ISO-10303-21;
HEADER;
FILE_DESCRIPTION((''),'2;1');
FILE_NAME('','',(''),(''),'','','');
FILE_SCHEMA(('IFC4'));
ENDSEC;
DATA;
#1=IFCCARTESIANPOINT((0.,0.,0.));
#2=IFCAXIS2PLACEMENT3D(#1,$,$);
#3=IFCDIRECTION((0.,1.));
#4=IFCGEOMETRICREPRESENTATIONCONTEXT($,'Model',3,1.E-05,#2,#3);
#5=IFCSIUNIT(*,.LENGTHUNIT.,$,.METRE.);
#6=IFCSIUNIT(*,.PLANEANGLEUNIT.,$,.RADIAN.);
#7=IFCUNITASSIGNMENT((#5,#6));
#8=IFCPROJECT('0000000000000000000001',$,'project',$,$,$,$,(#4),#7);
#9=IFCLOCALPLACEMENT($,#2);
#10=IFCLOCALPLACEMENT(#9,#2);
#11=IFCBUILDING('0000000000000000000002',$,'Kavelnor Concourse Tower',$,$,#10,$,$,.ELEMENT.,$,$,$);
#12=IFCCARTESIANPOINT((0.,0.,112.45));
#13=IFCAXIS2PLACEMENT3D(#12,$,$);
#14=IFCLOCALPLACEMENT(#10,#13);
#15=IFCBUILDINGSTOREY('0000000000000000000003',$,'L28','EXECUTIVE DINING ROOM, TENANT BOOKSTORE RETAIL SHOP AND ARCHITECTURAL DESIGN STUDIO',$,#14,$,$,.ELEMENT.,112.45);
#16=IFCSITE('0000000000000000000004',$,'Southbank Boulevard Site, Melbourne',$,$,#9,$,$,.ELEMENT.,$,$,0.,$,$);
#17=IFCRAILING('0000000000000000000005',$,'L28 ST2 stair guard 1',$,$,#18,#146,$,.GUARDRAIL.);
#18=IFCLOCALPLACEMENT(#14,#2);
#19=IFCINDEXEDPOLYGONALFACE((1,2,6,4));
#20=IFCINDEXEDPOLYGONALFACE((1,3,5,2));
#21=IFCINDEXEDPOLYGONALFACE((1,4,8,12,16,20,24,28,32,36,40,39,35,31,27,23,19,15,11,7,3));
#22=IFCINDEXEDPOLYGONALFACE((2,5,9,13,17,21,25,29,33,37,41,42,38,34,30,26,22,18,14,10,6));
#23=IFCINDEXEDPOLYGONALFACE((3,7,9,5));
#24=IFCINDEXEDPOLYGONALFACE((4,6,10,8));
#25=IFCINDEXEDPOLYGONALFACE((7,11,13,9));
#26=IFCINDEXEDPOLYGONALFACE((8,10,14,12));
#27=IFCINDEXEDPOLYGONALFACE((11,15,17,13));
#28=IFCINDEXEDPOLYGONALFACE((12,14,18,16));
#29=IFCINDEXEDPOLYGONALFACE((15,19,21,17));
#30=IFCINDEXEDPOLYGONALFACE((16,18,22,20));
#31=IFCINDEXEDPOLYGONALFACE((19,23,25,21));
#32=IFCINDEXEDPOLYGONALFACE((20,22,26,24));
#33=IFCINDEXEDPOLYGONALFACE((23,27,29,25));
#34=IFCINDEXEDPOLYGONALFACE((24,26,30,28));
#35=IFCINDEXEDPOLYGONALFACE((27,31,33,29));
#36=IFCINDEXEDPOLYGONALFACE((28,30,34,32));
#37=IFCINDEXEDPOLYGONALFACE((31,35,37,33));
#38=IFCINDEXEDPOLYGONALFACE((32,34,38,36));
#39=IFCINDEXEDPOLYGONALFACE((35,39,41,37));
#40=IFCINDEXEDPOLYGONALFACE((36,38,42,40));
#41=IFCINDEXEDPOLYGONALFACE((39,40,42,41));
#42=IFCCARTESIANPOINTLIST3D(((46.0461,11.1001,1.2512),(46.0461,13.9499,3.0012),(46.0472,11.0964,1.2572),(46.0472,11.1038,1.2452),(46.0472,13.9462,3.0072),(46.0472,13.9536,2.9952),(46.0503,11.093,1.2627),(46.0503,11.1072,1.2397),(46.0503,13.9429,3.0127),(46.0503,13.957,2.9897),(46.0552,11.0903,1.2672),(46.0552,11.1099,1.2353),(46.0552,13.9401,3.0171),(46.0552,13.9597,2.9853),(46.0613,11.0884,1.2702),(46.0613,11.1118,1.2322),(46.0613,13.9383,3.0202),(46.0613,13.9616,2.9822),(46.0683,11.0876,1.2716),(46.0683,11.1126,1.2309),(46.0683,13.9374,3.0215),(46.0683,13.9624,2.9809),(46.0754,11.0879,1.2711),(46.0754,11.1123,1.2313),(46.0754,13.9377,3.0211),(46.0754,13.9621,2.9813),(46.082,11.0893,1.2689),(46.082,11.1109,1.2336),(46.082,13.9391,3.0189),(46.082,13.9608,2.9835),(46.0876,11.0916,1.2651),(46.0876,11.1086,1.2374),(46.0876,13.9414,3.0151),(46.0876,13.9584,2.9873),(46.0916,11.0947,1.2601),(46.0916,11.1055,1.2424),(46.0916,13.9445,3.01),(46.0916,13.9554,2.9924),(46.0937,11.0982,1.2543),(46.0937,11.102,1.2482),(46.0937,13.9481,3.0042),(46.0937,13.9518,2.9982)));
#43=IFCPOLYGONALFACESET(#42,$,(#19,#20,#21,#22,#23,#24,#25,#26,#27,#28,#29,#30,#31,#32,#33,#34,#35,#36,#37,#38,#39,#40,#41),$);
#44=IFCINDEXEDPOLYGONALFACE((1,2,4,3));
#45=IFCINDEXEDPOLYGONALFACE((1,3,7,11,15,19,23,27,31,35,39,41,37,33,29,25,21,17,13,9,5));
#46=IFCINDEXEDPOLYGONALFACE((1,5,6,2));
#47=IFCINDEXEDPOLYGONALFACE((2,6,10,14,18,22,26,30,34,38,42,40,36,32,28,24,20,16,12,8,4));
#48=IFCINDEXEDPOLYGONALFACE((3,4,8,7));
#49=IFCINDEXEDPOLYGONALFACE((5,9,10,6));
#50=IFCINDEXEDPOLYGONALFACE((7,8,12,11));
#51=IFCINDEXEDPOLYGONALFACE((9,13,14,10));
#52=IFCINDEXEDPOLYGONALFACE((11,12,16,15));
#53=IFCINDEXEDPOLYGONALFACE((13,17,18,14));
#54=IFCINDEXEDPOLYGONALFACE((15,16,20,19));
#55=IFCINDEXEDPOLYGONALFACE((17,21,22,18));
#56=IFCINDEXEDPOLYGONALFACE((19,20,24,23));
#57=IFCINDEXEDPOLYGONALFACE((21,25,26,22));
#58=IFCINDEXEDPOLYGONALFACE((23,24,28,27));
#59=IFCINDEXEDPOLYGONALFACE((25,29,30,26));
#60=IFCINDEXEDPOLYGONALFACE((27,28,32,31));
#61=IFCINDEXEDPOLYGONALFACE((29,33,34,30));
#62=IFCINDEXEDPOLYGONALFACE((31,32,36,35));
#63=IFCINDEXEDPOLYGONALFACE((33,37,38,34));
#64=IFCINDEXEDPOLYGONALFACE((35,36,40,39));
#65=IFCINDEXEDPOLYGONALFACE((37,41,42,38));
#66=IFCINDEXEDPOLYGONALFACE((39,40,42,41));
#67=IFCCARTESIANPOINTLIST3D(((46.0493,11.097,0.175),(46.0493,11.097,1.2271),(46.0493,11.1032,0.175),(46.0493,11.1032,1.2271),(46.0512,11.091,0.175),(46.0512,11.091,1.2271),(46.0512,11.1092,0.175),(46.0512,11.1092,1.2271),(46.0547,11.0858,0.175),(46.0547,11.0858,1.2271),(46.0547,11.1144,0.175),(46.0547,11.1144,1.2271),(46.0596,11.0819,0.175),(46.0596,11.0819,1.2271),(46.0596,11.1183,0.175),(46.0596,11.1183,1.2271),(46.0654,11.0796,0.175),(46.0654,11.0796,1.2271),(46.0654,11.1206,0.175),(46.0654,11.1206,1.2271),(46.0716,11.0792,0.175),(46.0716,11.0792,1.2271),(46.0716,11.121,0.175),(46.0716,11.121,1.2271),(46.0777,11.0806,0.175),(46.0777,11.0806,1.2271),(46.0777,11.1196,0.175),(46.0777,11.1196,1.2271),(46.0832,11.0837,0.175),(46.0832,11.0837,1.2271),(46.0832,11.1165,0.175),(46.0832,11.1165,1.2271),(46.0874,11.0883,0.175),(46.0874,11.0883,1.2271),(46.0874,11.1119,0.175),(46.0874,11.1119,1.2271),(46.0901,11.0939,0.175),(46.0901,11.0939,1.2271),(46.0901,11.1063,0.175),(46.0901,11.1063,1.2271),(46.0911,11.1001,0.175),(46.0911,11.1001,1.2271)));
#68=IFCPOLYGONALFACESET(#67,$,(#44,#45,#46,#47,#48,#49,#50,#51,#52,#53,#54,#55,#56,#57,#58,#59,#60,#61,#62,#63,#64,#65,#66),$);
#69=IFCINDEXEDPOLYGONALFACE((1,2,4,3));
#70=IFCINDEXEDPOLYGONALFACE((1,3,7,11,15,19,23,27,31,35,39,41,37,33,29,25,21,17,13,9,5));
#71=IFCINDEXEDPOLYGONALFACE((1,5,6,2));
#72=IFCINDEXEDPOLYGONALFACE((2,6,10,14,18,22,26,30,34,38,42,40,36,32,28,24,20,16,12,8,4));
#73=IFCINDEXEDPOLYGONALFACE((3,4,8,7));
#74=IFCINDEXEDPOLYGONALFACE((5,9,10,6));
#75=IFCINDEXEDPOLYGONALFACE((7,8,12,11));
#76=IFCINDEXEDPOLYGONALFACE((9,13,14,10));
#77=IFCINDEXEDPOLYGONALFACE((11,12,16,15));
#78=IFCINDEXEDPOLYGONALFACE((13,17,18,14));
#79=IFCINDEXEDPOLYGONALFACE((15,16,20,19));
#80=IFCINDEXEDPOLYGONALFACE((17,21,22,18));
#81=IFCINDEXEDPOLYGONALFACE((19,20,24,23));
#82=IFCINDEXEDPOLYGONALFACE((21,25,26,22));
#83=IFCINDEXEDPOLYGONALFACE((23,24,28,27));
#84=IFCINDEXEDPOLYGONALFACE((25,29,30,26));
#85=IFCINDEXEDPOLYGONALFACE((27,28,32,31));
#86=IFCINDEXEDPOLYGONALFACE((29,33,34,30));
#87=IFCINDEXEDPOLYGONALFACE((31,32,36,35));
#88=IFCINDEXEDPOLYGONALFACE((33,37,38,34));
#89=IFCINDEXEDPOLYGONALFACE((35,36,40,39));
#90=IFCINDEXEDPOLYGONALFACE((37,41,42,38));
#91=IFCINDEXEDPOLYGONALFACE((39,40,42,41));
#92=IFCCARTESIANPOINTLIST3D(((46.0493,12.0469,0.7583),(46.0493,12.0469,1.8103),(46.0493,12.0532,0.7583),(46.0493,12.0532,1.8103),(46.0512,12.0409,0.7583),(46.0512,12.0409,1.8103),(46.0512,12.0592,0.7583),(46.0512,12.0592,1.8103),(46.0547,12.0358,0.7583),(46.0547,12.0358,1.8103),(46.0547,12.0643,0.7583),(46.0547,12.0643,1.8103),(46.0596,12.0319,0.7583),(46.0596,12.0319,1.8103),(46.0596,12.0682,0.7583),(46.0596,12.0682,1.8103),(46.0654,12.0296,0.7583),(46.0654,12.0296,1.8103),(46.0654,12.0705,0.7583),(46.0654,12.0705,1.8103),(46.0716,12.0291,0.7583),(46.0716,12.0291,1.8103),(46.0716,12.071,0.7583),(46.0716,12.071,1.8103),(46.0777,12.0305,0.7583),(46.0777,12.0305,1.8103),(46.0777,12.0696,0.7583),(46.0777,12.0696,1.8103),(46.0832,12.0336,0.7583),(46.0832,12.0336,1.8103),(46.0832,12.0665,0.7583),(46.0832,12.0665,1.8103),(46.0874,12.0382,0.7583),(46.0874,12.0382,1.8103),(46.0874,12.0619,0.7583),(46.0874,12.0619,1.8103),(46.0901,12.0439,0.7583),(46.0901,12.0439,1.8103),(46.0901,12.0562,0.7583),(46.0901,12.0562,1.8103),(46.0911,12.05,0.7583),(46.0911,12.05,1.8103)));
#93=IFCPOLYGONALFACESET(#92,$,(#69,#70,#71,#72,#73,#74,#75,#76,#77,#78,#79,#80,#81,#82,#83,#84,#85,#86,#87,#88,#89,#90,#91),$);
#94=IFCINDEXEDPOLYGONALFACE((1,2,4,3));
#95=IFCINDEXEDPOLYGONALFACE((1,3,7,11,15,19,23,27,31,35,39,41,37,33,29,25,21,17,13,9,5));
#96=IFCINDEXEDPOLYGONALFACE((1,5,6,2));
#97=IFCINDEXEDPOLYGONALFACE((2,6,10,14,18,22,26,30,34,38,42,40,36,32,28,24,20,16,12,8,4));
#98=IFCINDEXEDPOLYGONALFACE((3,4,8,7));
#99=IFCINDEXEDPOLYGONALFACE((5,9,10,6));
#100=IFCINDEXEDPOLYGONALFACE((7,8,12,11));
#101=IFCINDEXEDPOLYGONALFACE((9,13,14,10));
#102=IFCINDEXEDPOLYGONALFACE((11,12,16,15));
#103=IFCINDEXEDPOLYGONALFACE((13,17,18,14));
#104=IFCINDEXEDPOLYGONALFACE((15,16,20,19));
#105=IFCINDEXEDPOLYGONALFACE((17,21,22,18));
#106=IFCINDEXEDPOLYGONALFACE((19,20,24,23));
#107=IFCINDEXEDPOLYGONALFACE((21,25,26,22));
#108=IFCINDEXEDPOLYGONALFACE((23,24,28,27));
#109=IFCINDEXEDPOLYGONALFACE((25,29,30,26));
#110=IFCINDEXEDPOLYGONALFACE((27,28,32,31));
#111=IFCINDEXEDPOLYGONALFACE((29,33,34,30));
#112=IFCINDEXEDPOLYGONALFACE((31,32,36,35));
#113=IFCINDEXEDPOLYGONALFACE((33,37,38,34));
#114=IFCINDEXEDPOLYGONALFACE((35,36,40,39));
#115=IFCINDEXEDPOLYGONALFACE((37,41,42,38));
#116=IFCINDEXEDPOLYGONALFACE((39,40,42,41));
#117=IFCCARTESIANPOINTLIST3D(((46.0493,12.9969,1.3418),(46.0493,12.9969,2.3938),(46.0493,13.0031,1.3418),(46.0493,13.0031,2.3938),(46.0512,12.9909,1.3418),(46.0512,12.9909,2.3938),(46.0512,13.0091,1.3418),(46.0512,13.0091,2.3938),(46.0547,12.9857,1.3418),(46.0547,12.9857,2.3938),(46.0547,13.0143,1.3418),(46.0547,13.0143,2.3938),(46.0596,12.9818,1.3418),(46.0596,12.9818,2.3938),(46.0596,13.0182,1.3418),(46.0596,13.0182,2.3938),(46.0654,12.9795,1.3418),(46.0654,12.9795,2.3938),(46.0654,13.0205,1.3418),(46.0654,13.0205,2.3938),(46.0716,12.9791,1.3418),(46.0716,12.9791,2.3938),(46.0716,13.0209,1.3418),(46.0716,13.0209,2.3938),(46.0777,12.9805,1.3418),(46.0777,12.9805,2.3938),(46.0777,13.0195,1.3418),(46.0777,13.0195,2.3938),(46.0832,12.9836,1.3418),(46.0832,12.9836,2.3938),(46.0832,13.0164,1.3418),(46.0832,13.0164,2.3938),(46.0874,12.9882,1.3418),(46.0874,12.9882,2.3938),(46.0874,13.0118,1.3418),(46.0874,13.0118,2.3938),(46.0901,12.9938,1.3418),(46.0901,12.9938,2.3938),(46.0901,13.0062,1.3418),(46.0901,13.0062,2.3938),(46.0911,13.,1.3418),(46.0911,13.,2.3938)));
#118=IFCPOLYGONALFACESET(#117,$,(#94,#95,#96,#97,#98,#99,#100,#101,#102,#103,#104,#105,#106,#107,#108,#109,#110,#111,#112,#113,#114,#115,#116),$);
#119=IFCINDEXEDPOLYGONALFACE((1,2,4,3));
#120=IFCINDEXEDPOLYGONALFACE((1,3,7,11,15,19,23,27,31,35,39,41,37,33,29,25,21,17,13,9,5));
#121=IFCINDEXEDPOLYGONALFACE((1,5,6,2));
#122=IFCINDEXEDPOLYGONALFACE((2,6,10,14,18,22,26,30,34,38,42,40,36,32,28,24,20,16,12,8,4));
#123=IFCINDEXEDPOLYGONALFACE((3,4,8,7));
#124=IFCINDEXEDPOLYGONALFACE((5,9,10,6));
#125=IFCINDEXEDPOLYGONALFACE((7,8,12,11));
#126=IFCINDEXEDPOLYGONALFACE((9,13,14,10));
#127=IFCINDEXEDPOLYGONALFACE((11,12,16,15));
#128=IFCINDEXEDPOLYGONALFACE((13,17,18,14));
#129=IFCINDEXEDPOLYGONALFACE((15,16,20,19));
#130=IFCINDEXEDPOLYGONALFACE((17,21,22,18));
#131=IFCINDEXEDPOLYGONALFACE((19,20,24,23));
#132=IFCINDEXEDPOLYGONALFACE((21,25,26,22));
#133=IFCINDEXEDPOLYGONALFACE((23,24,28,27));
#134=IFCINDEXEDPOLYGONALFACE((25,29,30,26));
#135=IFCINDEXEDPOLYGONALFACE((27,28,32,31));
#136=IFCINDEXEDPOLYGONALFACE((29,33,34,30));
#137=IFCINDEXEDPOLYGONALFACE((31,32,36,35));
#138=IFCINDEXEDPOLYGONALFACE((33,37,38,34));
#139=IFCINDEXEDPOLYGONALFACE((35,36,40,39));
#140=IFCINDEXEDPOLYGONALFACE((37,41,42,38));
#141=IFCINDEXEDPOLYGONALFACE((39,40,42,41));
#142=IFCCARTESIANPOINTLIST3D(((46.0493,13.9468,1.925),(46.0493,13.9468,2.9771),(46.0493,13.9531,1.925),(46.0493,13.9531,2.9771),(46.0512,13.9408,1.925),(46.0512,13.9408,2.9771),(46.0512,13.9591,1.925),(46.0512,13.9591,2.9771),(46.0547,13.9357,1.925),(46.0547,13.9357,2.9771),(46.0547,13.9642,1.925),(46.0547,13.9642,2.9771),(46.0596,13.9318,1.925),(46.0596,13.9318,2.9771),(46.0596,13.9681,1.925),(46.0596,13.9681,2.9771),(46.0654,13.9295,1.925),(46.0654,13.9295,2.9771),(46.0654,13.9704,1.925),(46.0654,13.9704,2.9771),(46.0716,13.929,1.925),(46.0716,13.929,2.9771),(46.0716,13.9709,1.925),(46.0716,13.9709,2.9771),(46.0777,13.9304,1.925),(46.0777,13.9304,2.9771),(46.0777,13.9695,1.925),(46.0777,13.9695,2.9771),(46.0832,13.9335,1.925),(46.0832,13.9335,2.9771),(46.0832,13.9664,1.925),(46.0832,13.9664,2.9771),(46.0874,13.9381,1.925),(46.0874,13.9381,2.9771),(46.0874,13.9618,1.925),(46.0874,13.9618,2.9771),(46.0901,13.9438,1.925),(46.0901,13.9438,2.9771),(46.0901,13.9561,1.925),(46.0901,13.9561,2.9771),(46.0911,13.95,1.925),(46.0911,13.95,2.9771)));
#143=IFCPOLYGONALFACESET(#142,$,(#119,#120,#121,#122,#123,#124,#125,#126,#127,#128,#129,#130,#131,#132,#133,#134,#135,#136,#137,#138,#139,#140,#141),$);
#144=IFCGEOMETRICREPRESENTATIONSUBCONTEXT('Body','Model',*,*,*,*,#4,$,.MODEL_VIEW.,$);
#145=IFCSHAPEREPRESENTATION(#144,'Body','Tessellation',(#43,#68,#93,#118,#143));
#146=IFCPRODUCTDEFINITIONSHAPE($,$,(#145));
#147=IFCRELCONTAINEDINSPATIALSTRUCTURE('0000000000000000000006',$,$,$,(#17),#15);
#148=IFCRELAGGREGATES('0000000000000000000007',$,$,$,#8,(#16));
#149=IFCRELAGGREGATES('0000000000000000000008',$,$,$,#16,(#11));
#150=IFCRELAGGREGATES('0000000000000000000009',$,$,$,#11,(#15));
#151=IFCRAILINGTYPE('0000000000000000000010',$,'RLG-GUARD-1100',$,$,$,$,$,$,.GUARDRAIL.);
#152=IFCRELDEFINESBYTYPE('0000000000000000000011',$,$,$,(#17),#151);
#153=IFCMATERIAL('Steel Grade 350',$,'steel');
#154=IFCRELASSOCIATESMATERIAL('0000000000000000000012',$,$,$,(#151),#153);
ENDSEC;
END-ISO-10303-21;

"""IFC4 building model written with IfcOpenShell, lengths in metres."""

from ifc_helpers import new_model, si_unit, direction, frame, origin, origin_2d, place, context, subcontext, project, spatial, circle, extrude, material, type_object, element, save


model = new_model("IFC4")

# Units and contexts
model_context = context("Model", 3, precision=1e-05, world=origin(), true_north=direction((0.0, 1.0)))
body_context = subcontext(model_context, "Body", "Model", "MODEL_VIEW")
ifc_project = project(units=[si_unit("LENGTHUNIT", "METRE"), si_unit("PLANEANGLEUNIT", "RADIAN")], contexts=[model_context])

# Site, building, storey
site_placement = place(None, origin())
site = spatial("IfcSite", under=ifc_project, at=site_placement, Name="Southbank Boulevard Site, Melbourne", CompositionType="ELEMENT", RefElevation=0.0)
building_placement = place(site_placement, origin())
building = spatial("IfcBuilding", under=site, at=building_placement, Name="Kavelnor Concourse Tower", CompositionType="ELEMENT")
storey_placement = place(building_placement, frame((0.0, 0.0, 112.45)))
storey = spatial("IfcBuildingStorey", under=building, at=storey_placement, Name="L28", Description="EXECUTIVE DINING ROOM, TENANT BOOKSTORE RETAIL SHOP AND ARCHITECTURAL DESIGN STUDIO", CompositionType="ELEMENT", Elevation=112.45)

# Shared definitions
ifc_material_1 = material(Name="Steel Grade 350", Category="steel")

# Railing
railing_type_1 = type_object("IfcRailingType", Name="RLG-GUARD-1100", PredefinedType="GUARDRAIL", material=ifc_material_1)
railing_1_placement = place(storey_placement, frame((46.0701, 11.1001, 0.175)))
element("IfcRailing", 1, at=railing_1_placement, inside=storey, type_object=railing_type_1, Name="L28 ST2 stair guard 1", PredefinedType="GUARDRAIL", context=body_context, shape_type="SweptSolid", body=[
    extrude(circle(Radius=0.0239, at=origin_2d()), frame((0.0, 0.0, 1.0762), z_axis=(0.0, 0.852159, 0.523283), x_axis=(-1.0, 0.0, 0.0)), (0.0, 0.0, 1.0), 3.3442),
    extrude(circle(Radius=0.021, at=origin_2d()), origin(), (0.0, 0.0, 1.0), 1.052),
    extrude(circle(Radius=0.021, at=origin_2d()), frame((0.0, 0.95, 0.5833)), (0.0, 0.0, 1.0), 1.052),
    extrude(circle(Radius=0.021, at=origin_2d()), frame((0.0, 1.8999, 1.1667)), (0.0, 0.0, 1.0), 1.052),
    extrude(circle(Radius=0.021, at=origin_2d()), frame((0.0, 2.8499, 1.75)), (0.0, 0.0, 1.0), 1.052),
])

save(model, "model.ifc")
